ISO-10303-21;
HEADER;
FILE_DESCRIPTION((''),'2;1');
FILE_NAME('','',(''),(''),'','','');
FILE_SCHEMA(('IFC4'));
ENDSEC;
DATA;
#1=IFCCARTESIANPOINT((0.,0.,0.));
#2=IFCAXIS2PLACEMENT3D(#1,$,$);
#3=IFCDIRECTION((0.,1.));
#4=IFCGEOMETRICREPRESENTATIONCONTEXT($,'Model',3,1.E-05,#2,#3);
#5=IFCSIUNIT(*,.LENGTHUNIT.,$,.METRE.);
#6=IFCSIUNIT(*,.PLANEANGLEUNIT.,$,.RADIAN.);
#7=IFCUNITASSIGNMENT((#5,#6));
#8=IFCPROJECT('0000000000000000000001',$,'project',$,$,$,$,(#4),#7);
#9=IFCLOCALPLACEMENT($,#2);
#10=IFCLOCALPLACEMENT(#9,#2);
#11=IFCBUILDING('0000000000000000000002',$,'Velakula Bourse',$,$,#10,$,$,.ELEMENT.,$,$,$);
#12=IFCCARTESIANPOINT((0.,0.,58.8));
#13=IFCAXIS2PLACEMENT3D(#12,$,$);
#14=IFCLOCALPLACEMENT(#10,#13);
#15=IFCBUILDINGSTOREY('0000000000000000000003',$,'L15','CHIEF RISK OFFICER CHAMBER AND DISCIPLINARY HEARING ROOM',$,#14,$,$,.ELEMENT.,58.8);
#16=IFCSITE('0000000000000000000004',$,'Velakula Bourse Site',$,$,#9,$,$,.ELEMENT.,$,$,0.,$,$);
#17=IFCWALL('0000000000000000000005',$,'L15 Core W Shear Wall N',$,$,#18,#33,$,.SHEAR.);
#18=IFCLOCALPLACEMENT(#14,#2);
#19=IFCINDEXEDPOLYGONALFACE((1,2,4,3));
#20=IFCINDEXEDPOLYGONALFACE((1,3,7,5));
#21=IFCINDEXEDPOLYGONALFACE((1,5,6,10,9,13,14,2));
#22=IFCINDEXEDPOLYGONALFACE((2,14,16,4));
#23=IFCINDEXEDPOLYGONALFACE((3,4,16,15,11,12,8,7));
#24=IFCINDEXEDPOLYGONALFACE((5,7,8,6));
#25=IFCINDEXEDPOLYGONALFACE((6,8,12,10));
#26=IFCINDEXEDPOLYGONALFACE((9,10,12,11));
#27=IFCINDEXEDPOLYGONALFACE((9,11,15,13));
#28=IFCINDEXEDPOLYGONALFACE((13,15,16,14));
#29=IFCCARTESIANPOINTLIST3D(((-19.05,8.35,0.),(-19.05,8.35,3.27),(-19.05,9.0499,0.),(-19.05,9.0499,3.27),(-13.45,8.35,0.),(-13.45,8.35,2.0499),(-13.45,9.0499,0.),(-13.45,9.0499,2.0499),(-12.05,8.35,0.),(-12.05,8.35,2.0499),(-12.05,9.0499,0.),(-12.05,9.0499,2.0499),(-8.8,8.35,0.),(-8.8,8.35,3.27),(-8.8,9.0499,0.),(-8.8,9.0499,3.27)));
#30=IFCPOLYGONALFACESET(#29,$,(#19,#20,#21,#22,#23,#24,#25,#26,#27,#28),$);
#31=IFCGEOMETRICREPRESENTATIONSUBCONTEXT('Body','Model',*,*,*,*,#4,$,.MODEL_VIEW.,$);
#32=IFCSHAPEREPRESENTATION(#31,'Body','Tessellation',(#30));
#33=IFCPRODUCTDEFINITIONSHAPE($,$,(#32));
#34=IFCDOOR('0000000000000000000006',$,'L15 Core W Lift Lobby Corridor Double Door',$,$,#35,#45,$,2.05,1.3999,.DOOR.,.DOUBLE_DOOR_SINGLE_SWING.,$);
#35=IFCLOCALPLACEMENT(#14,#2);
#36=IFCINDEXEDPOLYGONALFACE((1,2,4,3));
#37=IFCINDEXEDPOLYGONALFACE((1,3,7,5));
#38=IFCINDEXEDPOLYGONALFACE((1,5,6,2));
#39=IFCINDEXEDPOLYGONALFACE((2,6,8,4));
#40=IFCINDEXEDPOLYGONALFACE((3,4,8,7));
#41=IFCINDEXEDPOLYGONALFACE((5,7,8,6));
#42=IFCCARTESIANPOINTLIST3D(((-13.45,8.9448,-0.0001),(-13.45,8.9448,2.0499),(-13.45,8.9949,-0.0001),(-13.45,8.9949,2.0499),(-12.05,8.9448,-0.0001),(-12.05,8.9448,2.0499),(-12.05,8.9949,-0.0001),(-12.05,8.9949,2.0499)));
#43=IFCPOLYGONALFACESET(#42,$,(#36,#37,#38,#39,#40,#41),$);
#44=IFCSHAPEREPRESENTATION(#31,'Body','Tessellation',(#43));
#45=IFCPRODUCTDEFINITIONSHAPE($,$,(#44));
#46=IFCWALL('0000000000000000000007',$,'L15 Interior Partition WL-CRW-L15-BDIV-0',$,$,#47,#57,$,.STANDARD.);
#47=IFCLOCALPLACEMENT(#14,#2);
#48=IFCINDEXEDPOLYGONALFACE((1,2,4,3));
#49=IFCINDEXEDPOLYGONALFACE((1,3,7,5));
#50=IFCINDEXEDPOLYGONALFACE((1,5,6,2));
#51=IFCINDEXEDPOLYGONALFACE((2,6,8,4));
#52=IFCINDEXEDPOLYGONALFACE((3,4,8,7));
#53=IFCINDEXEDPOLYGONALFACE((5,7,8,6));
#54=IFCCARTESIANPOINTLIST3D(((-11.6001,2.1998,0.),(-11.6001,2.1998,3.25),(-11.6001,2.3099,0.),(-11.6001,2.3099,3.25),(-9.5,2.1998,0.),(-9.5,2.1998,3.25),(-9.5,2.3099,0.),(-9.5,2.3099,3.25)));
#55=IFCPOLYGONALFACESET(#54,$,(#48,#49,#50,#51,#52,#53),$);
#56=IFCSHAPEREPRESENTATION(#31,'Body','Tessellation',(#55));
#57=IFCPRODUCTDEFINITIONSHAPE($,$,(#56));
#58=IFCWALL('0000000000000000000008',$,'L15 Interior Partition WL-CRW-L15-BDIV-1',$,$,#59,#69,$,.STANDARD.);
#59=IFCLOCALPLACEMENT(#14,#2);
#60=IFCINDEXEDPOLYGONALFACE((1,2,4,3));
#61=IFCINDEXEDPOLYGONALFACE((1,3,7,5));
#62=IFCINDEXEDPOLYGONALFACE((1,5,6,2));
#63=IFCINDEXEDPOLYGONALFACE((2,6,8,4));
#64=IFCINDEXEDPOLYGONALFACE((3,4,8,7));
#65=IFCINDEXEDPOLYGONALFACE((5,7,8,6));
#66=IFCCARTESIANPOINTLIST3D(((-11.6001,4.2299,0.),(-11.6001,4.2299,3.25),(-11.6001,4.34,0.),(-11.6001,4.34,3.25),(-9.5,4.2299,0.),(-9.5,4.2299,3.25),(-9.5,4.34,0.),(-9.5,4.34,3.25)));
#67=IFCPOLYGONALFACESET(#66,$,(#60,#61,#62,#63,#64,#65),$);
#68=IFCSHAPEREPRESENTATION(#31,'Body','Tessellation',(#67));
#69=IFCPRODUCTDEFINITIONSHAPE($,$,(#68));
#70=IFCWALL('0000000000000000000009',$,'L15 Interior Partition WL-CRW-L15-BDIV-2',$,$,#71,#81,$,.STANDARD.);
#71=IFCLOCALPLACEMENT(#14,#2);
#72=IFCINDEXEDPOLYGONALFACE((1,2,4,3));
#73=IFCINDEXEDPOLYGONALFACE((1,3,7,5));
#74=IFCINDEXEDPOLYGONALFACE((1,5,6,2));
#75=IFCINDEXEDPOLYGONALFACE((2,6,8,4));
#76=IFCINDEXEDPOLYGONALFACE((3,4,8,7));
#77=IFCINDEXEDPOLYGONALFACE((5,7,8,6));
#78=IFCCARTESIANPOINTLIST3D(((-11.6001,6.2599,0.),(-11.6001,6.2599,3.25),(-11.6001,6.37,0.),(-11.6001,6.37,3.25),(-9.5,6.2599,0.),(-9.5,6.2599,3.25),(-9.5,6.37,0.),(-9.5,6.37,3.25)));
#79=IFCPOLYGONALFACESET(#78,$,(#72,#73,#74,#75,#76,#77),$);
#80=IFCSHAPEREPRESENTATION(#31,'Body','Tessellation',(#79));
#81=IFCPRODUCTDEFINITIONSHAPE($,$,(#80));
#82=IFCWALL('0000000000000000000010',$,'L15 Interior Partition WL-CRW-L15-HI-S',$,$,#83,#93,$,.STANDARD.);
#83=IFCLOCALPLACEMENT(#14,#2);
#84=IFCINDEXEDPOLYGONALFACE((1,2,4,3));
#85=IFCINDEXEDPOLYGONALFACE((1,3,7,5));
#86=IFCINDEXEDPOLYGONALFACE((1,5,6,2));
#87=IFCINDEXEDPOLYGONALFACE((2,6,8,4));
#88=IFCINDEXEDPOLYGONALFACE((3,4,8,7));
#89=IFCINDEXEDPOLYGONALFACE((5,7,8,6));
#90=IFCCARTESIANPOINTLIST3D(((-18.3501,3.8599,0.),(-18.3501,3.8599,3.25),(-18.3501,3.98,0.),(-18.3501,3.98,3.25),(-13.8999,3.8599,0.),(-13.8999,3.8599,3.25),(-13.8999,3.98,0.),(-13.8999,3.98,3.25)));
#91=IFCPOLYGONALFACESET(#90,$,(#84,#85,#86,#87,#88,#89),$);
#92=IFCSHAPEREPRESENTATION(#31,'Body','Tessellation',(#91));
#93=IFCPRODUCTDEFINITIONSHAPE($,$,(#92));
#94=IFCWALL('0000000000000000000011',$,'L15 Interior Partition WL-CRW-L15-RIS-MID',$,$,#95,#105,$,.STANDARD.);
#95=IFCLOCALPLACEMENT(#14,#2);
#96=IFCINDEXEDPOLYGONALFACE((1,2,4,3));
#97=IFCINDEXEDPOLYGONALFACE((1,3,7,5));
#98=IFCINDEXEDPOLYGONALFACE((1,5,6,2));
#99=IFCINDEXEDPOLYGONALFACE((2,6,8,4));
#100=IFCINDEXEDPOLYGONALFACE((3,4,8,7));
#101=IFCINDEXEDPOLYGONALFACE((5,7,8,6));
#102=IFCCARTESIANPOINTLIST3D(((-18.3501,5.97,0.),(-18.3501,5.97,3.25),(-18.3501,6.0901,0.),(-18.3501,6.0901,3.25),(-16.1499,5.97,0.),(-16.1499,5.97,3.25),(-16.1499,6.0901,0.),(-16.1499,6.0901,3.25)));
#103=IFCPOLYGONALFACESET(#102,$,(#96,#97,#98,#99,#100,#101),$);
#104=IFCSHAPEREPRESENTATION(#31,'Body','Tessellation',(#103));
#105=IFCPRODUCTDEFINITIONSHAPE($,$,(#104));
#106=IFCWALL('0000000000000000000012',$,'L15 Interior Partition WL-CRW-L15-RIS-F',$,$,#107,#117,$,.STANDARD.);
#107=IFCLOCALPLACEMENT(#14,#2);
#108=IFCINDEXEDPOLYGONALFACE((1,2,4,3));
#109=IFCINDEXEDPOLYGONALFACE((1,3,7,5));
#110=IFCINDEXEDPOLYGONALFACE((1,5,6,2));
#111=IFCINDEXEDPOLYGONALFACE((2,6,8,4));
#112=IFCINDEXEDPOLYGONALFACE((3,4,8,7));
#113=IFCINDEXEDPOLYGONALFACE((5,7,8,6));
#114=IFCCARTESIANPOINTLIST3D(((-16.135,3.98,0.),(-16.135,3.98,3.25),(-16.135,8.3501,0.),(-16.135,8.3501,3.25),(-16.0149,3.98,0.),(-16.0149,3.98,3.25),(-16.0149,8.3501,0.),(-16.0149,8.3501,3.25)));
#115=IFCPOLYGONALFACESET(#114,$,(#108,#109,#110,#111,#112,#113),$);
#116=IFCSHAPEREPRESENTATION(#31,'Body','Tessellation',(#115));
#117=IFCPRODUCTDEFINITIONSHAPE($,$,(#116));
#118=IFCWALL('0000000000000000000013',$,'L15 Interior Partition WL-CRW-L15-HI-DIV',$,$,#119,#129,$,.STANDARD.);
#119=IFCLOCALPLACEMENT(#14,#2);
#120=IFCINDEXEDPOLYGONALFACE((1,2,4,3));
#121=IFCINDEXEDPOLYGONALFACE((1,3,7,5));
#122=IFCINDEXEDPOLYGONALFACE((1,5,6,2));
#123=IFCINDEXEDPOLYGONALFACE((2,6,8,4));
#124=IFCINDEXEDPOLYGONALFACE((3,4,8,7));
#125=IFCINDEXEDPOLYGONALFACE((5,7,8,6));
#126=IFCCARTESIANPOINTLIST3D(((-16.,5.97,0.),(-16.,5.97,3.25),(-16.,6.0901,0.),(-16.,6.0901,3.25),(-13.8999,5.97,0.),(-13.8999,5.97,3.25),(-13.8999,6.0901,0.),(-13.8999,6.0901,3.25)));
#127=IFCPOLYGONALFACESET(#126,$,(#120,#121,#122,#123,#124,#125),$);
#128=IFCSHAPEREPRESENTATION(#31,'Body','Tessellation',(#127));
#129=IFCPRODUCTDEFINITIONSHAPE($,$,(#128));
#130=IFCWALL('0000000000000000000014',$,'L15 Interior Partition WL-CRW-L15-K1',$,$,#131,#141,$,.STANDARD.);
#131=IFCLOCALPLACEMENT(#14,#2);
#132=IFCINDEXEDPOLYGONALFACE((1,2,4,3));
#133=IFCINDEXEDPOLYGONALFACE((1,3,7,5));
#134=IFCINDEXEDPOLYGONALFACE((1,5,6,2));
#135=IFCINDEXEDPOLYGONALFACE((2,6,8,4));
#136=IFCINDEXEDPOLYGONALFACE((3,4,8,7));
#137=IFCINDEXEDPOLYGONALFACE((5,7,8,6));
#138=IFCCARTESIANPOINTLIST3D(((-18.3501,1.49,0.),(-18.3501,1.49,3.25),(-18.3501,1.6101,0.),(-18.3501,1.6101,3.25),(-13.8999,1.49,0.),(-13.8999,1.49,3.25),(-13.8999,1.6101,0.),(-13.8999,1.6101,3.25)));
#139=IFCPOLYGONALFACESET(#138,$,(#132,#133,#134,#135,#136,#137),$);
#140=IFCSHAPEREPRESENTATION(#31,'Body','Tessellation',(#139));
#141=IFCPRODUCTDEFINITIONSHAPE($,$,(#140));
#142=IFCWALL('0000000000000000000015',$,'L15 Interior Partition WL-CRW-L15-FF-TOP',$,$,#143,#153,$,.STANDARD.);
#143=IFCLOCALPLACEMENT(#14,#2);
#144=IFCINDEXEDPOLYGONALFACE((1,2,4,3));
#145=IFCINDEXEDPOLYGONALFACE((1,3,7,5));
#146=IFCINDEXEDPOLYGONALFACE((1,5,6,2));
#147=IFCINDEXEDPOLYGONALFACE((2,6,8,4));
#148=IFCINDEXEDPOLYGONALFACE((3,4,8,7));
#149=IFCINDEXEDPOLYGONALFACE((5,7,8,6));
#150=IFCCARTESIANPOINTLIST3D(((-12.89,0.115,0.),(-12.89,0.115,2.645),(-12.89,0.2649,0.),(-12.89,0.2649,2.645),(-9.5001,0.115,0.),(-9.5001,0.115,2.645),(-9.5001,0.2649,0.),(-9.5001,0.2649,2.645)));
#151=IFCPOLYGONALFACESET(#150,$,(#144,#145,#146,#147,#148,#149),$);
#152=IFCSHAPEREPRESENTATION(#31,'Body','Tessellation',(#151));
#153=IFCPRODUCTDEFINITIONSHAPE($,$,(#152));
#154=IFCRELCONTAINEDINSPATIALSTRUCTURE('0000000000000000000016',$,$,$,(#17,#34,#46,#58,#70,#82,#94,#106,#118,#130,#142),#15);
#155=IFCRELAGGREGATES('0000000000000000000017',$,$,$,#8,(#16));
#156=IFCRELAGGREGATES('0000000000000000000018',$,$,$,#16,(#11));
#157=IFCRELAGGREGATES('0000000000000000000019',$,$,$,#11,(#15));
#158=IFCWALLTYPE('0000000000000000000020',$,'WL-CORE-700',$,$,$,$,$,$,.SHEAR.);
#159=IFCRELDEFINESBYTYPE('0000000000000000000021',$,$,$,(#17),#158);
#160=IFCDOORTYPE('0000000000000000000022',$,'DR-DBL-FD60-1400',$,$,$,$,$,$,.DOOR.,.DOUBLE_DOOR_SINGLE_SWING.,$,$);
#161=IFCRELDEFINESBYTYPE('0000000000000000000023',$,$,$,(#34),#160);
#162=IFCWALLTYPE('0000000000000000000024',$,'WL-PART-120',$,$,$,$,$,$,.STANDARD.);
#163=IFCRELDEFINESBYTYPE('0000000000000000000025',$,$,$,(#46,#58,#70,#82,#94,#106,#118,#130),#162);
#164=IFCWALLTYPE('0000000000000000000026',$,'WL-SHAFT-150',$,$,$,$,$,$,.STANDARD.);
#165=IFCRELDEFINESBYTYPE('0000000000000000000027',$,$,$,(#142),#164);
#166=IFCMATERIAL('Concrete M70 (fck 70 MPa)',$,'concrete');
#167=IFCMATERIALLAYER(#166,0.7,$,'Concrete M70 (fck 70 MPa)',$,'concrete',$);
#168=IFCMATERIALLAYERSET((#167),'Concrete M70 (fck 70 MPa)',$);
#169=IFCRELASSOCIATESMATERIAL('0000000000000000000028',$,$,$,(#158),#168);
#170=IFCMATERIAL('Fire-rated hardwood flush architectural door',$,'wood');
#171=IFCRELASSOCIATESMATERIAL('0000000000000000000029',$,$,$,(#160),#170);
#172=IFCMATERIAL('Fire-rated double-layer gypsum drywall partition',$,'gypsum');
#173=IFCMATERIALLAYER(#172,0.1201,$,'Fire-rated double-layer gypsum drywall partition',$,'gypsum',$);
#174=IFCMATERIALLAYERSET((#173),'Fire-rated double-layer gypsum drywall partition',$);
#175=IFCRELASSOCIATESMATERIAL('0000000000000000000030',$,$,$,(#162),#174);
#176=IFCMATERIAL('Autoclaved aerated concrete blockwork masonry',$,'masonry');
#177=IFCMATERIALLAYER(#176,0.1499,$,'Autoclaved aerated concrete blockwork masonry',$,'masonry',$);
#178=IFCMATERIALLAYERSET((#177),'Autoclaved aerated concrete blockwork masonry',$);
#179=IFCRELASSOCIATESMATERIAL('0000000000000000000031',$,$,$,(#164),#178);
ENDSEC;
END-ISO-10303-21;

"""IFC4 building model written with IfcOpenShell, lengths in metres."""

from ifc_helpers import new_model, si_unit, direction, frame, frame_2d, origin, place, context, subcontext, project, spatial, rectangle, extrude, material, layer, layer_set, type_object, element, fill, save


model = new_model("IFC4")

# Units and contexts
model_context = context("Model", 3, precision=1e-05, world=origin(), true_north=direction((0.0, 1.0)))
body_context = subcontext(model_context, "Body", "Model", "MODEL_VIEW")
ifc_project = project(units=[si_unit("LENGTHUNIT", "METRE"), si_unit("PLANEANGLEUNIT", "RADIAN")], contexts=[model_context])

# Site, building, storey
site_placement = place(None, origin())
site = spatial("IfcSite", under=ifc_project, at=site_placement, Name="Velakula Bourse Site", CompositionType="ELEMENT", RefElevation=0.0)
building_placement = place(site_placement, origin())
building = spatial("IfcBuilding", under=site, at=building_placement, Name="Velakula Bourse", CompositionType="ELEMENT")
storey_placement = place(building_placement, frame((0.0, 0.0, 58.8)))
storey = spatial("IfcBuildingStorey", under=building, at=storey_placement, Name="L15", Description="CHIEF RISK OFFICER CHAMBER AND DISCIPLINARY HEARING ROOM", CompositionType="ELEMENT", Elevation=58.8)

# Shared definitions
ifc_material_1 = material(Name="Concrete M70 (fck 70 MPa)", Category="concrete")

# Wall, opening, door
ifc_layer_1 = layer(ifc_material_1, 0.7, Name="Concrete M70 (fck 70 MPa)", Category="concrete")
ifc_layer_set_1 = layer_set([ifc_layer_1], Name="Concrete M70 (fck 70 MPa)")
wall_type_1 = type_object("IfcWallType", Name="WL-CORE-700", PredefinedType="SHEAR", material=ifc_layer_set_1)
wall_1_placement = place(storey_placement, frame((-19.05, 8.7, 0.0), z_axis=(0.0, 0.0, 1.0), x_axis=(1.0, 0.0, 0.0)))
wall_1 = element("IfcWall", 1, at=wall_1_placement, inside=storey, type_object=wall_type_1, Name="L15 Core W Shear Wall N", PredefinedType="SHEAR", context=body_context, shape_type="SweptSolid", body=[
    extrude(rectangle(XDim=10.25, YDim=0.7, at=frame_2d((5.125, 0.0))), origin(), (0.0, 0.0, 1.0), 3.27),
])
opening_1_placement = place(wall_1_placement, frame((5.6001, 0.0, 0.0)))
opening_1 = element("IfcOpeningElement", 2, at=opening_1_placement, cuts=wall_1, PredefinedType="OPENING", context=body_context, shape_type="SweptSolid", body=[
    extrude(rectangle(XDim=1.3999, YDim=2.05, at=frame_2d((0.7, 1.0249))), frame((0.0, 0.3599, 0.0), z_axis=(0.0, -1.0, 0.0), x_axis=(1.0, 0.0, 0.0)), (0.0, 0.0, 1.0), 0.72),
])
ifc_material_2 = material(Name="Fire-rated hardwood flush architectural door", Category="wood")
door_type_1 = type_object("IfcDoorType", Name="DR-DBL-FD60-1400", OperationType="DOUBLE_DOOR_SINGLE_SWING", PredefinedType="DOOR", material=ifc_material_2)
door_1_placement = place(opening_1_placement, origin())
door_1 = element("IfcDoor", 3, at=door_1_placement, inside=storey, type_object=door_type_1, Name="L15 Core W Lift Lobby Corridor Double Door", OperationType="DOUBLE_DOOR_SINGLE_SWING", OverallHeight=2.05, OverallWidth=1.3999, PredefinedType="DOOR", context=body_context, shape_type="SweptSolid", body=[
    extrude(rectangle(XDim=1.3999, YDim=2.05, at=frame_2d((0.7, 1.0249))), frame((0.0, 0.2949, 0.0), z_axis=(0.0, -1.0, 0.0), x_axis=(1.0, 0.0, 0.0)), (0.0, 0.0, 1.0), 0.05),
])
fill(opening_1, door_1)

# Walls
ifc_material_3 = material(Name="Fire-rated double-layer gypsum drywall partition", Category="gypsum")
ifc_layer_2 = layer(ifc_material_3, 0.1201, Name="Fire-rated double-layer gypsum drywall partition", Category="gypsum")
ifc_layer_set_2 = layer_set([ifc_layer_2], Name="Fire-rated double-layer gypsum drywall partition")
wall_type_2 = type_object("IfcWallType", Name="WL-PART-120", PredefinedType="STANDARD", material=ifc_layer_set_2)
for number, where, z_axis, x_axis, name in (
    (4, (-11.6001, 2.2549, 0.0), (0.0, 0.0, 1.0), (1.0, 0.0, 0.0), "L15 Interior Partition WL-CRW-L15-BDIV-0"),
    (5, (-11.6001, 4.2849, 0.0), (0.0, 0.0, 1.0), (1.0, 0.0, 0.0), "L15 Interior Partition WL-CRW-L15-BDIV-1"),
    (6, (-11.6001, 6.3149, 0.0), (0.0, 0.0, 1.0), (1.0, 0.0, 0.0), "L15 Interior Partition WL-CRW-L15-BDIV-2"),
):
    element("IfcWall", number, at=place(storey_placement, frame(where, z_axis=z_axis, x_axis=x_axis)), inside=storey, type_object=wall_type_2, Name=name, PredefinedType="STANDARD", context=body_context, shape_type="SweptSolid", body=[
        extrude(rectangle(XDim=2.1001, YDim=0.1101, at=frame_2d((1.05, 0.0))), origin(), (0.0, 0.0, 1.0), 3.25),
    ])
wall_2_placement = place(storey_placement, frame((-18.3501, 3.9199, 0.0), z_axis=(0.0, 0.0, 1.0), x_axis=(1.0, 0.0, 0.0)))
element("IfcWall", 7, at=wall_2_placement, inside=storey, type_object=wall_type_2, Name="L15 Interior Partition WL-CRW-L15-HI-S", PredefinedType="STANDARD", context=body_context, shape_type="SweptSolid", body=[
    extrude(rectangle(XDim=4.4502, YDim=0.1201, at=frame_2d((2.2251, 0.0))), origin(), (0.0, 0.0, 1.0), 3.25),
])
wall_3_placement = place(storey_placement, frame((-18.3501, 6.03, 0.0), z_axis=(0.0, 0.0, 1.0), x_axis=(1.0, 0.0, 0.0)))
element("IfcWall", 8, at=wall_3_placement, inside=storey, type_object=wall_type_2, Name="L15 Interior Partition WL-CRW-L15-RIS-MID", PredefinedType="STANDARD", context=body_context, shape_type="SweptSolid", body=[
    extrude(rectangle(XDim=2.2002, YDim=0.1201, at=frame_2d((1.1001, 0.0))), origin(), (0.0, 0.0, 1.0), 3.25),
])
wall_4_placement = place(storey_placement, frame((-16.075, 3.98, 0.0), z_axis=(0.0, 0.0, 1.0), x_axis=(0.0, 1.0, 0.0)))
element("IfcWall", 9, at=wall_4_placement, inside=storey, type_object=wall_type_2, Name="L15 Interior Partition WL-CRW-L15-RIS-F", PredefinedType="STANDARD", context=body_context, shape_type="SweptSolid", body=[
    extrude(rectangle(XDim=4.3701, YDim=0.1201, at=frame_2d((2.1851, 0.0))), origin(), (0.0, 0.0, 1.0), 3.25),
])
wall_5_placement = place(storey_placement, frame((-16.0, 6.03, 0.0), z_axis=(0.0, 0.0, 1.0), x_axis=(1.0, 0.0, 0.0)))
element("IfcWall", 10, at=wall_5_placement, inside=storey, type_object=wall_type_2, Name="L15 Interior Partition WL-CRW-L15-HI-DIV", PredefinedType="STANDARD", context=body_context, shape_type="SweptSolid", body=[
    extrude(rectangle(XDim=2.1001, YDim=0.1201, at=frame_2d((1.05, 0.0))), origin(), (0.0, 0.0, 1.0), 3.25),
])
wall_6_placement = place(storey_placement, frame((-18.3501, 1.55, 0.0), z_axis=(0.0, 0.0, 1.0), x_axis=(1.0, 0.0, 0.0)))
element("IfcWall", 11, at=wall_6_placement, inside=storey, type_object=wall_type_2, Name="L15 Interior Partition WL-CRW-L15-K1", PredefinedType="STANDARD", context=body_context, shape_type="SweptSolid", body=[
    extrude(rectangle(XDim=4.4502, YDim=0.1201, at=frame_2d((2.2251, 0.0))), origin(), (0.0, 0.0, 1.0), 3.25),
])
ifc_material_4 = material(Name="Autoclaved aerated concrete blockwork masonry", Category="masonry")
ifc_layer_3 = layer(ifc_material_4, 0.1499, Name="Autoclaved aerated concrete blockwork masonry", Category="masonry")
ifc_layer_set_3 = layer_set([ifc_layer_3], Name="Autoclaved aerated concrete blockwork masonry")
wall_type_3 = type_object("IfcWallType", Name="WL-SHAFT-150", PredefinedType="STANDARD", material=ifc_layer_set_3)
wall_7_placement = place(storey_placement, frame((-12.8899, 0.1899, 0.0), z_axis=(0.0, 0.0, 1.0), x_axis=(1.0, 0.0, 0.0)))
element("IfcWall", 12, at=wall_7_placement, inside=storey, type_object=wall_type_3, Name="L15 Interior Partition WL-CRW-L15-FF-TOP", PredefinedType="STANDARD", context=body_context, shape_type="SweptSolid", body=[
    extrude(rectangle(XDim=3.3899, YDim=0.1499, at=frame_2d((1.6948, 0.0))), origin(), (0.0, 0.0, 1.0), 2.645),
])

save(model, "model.ifc")
